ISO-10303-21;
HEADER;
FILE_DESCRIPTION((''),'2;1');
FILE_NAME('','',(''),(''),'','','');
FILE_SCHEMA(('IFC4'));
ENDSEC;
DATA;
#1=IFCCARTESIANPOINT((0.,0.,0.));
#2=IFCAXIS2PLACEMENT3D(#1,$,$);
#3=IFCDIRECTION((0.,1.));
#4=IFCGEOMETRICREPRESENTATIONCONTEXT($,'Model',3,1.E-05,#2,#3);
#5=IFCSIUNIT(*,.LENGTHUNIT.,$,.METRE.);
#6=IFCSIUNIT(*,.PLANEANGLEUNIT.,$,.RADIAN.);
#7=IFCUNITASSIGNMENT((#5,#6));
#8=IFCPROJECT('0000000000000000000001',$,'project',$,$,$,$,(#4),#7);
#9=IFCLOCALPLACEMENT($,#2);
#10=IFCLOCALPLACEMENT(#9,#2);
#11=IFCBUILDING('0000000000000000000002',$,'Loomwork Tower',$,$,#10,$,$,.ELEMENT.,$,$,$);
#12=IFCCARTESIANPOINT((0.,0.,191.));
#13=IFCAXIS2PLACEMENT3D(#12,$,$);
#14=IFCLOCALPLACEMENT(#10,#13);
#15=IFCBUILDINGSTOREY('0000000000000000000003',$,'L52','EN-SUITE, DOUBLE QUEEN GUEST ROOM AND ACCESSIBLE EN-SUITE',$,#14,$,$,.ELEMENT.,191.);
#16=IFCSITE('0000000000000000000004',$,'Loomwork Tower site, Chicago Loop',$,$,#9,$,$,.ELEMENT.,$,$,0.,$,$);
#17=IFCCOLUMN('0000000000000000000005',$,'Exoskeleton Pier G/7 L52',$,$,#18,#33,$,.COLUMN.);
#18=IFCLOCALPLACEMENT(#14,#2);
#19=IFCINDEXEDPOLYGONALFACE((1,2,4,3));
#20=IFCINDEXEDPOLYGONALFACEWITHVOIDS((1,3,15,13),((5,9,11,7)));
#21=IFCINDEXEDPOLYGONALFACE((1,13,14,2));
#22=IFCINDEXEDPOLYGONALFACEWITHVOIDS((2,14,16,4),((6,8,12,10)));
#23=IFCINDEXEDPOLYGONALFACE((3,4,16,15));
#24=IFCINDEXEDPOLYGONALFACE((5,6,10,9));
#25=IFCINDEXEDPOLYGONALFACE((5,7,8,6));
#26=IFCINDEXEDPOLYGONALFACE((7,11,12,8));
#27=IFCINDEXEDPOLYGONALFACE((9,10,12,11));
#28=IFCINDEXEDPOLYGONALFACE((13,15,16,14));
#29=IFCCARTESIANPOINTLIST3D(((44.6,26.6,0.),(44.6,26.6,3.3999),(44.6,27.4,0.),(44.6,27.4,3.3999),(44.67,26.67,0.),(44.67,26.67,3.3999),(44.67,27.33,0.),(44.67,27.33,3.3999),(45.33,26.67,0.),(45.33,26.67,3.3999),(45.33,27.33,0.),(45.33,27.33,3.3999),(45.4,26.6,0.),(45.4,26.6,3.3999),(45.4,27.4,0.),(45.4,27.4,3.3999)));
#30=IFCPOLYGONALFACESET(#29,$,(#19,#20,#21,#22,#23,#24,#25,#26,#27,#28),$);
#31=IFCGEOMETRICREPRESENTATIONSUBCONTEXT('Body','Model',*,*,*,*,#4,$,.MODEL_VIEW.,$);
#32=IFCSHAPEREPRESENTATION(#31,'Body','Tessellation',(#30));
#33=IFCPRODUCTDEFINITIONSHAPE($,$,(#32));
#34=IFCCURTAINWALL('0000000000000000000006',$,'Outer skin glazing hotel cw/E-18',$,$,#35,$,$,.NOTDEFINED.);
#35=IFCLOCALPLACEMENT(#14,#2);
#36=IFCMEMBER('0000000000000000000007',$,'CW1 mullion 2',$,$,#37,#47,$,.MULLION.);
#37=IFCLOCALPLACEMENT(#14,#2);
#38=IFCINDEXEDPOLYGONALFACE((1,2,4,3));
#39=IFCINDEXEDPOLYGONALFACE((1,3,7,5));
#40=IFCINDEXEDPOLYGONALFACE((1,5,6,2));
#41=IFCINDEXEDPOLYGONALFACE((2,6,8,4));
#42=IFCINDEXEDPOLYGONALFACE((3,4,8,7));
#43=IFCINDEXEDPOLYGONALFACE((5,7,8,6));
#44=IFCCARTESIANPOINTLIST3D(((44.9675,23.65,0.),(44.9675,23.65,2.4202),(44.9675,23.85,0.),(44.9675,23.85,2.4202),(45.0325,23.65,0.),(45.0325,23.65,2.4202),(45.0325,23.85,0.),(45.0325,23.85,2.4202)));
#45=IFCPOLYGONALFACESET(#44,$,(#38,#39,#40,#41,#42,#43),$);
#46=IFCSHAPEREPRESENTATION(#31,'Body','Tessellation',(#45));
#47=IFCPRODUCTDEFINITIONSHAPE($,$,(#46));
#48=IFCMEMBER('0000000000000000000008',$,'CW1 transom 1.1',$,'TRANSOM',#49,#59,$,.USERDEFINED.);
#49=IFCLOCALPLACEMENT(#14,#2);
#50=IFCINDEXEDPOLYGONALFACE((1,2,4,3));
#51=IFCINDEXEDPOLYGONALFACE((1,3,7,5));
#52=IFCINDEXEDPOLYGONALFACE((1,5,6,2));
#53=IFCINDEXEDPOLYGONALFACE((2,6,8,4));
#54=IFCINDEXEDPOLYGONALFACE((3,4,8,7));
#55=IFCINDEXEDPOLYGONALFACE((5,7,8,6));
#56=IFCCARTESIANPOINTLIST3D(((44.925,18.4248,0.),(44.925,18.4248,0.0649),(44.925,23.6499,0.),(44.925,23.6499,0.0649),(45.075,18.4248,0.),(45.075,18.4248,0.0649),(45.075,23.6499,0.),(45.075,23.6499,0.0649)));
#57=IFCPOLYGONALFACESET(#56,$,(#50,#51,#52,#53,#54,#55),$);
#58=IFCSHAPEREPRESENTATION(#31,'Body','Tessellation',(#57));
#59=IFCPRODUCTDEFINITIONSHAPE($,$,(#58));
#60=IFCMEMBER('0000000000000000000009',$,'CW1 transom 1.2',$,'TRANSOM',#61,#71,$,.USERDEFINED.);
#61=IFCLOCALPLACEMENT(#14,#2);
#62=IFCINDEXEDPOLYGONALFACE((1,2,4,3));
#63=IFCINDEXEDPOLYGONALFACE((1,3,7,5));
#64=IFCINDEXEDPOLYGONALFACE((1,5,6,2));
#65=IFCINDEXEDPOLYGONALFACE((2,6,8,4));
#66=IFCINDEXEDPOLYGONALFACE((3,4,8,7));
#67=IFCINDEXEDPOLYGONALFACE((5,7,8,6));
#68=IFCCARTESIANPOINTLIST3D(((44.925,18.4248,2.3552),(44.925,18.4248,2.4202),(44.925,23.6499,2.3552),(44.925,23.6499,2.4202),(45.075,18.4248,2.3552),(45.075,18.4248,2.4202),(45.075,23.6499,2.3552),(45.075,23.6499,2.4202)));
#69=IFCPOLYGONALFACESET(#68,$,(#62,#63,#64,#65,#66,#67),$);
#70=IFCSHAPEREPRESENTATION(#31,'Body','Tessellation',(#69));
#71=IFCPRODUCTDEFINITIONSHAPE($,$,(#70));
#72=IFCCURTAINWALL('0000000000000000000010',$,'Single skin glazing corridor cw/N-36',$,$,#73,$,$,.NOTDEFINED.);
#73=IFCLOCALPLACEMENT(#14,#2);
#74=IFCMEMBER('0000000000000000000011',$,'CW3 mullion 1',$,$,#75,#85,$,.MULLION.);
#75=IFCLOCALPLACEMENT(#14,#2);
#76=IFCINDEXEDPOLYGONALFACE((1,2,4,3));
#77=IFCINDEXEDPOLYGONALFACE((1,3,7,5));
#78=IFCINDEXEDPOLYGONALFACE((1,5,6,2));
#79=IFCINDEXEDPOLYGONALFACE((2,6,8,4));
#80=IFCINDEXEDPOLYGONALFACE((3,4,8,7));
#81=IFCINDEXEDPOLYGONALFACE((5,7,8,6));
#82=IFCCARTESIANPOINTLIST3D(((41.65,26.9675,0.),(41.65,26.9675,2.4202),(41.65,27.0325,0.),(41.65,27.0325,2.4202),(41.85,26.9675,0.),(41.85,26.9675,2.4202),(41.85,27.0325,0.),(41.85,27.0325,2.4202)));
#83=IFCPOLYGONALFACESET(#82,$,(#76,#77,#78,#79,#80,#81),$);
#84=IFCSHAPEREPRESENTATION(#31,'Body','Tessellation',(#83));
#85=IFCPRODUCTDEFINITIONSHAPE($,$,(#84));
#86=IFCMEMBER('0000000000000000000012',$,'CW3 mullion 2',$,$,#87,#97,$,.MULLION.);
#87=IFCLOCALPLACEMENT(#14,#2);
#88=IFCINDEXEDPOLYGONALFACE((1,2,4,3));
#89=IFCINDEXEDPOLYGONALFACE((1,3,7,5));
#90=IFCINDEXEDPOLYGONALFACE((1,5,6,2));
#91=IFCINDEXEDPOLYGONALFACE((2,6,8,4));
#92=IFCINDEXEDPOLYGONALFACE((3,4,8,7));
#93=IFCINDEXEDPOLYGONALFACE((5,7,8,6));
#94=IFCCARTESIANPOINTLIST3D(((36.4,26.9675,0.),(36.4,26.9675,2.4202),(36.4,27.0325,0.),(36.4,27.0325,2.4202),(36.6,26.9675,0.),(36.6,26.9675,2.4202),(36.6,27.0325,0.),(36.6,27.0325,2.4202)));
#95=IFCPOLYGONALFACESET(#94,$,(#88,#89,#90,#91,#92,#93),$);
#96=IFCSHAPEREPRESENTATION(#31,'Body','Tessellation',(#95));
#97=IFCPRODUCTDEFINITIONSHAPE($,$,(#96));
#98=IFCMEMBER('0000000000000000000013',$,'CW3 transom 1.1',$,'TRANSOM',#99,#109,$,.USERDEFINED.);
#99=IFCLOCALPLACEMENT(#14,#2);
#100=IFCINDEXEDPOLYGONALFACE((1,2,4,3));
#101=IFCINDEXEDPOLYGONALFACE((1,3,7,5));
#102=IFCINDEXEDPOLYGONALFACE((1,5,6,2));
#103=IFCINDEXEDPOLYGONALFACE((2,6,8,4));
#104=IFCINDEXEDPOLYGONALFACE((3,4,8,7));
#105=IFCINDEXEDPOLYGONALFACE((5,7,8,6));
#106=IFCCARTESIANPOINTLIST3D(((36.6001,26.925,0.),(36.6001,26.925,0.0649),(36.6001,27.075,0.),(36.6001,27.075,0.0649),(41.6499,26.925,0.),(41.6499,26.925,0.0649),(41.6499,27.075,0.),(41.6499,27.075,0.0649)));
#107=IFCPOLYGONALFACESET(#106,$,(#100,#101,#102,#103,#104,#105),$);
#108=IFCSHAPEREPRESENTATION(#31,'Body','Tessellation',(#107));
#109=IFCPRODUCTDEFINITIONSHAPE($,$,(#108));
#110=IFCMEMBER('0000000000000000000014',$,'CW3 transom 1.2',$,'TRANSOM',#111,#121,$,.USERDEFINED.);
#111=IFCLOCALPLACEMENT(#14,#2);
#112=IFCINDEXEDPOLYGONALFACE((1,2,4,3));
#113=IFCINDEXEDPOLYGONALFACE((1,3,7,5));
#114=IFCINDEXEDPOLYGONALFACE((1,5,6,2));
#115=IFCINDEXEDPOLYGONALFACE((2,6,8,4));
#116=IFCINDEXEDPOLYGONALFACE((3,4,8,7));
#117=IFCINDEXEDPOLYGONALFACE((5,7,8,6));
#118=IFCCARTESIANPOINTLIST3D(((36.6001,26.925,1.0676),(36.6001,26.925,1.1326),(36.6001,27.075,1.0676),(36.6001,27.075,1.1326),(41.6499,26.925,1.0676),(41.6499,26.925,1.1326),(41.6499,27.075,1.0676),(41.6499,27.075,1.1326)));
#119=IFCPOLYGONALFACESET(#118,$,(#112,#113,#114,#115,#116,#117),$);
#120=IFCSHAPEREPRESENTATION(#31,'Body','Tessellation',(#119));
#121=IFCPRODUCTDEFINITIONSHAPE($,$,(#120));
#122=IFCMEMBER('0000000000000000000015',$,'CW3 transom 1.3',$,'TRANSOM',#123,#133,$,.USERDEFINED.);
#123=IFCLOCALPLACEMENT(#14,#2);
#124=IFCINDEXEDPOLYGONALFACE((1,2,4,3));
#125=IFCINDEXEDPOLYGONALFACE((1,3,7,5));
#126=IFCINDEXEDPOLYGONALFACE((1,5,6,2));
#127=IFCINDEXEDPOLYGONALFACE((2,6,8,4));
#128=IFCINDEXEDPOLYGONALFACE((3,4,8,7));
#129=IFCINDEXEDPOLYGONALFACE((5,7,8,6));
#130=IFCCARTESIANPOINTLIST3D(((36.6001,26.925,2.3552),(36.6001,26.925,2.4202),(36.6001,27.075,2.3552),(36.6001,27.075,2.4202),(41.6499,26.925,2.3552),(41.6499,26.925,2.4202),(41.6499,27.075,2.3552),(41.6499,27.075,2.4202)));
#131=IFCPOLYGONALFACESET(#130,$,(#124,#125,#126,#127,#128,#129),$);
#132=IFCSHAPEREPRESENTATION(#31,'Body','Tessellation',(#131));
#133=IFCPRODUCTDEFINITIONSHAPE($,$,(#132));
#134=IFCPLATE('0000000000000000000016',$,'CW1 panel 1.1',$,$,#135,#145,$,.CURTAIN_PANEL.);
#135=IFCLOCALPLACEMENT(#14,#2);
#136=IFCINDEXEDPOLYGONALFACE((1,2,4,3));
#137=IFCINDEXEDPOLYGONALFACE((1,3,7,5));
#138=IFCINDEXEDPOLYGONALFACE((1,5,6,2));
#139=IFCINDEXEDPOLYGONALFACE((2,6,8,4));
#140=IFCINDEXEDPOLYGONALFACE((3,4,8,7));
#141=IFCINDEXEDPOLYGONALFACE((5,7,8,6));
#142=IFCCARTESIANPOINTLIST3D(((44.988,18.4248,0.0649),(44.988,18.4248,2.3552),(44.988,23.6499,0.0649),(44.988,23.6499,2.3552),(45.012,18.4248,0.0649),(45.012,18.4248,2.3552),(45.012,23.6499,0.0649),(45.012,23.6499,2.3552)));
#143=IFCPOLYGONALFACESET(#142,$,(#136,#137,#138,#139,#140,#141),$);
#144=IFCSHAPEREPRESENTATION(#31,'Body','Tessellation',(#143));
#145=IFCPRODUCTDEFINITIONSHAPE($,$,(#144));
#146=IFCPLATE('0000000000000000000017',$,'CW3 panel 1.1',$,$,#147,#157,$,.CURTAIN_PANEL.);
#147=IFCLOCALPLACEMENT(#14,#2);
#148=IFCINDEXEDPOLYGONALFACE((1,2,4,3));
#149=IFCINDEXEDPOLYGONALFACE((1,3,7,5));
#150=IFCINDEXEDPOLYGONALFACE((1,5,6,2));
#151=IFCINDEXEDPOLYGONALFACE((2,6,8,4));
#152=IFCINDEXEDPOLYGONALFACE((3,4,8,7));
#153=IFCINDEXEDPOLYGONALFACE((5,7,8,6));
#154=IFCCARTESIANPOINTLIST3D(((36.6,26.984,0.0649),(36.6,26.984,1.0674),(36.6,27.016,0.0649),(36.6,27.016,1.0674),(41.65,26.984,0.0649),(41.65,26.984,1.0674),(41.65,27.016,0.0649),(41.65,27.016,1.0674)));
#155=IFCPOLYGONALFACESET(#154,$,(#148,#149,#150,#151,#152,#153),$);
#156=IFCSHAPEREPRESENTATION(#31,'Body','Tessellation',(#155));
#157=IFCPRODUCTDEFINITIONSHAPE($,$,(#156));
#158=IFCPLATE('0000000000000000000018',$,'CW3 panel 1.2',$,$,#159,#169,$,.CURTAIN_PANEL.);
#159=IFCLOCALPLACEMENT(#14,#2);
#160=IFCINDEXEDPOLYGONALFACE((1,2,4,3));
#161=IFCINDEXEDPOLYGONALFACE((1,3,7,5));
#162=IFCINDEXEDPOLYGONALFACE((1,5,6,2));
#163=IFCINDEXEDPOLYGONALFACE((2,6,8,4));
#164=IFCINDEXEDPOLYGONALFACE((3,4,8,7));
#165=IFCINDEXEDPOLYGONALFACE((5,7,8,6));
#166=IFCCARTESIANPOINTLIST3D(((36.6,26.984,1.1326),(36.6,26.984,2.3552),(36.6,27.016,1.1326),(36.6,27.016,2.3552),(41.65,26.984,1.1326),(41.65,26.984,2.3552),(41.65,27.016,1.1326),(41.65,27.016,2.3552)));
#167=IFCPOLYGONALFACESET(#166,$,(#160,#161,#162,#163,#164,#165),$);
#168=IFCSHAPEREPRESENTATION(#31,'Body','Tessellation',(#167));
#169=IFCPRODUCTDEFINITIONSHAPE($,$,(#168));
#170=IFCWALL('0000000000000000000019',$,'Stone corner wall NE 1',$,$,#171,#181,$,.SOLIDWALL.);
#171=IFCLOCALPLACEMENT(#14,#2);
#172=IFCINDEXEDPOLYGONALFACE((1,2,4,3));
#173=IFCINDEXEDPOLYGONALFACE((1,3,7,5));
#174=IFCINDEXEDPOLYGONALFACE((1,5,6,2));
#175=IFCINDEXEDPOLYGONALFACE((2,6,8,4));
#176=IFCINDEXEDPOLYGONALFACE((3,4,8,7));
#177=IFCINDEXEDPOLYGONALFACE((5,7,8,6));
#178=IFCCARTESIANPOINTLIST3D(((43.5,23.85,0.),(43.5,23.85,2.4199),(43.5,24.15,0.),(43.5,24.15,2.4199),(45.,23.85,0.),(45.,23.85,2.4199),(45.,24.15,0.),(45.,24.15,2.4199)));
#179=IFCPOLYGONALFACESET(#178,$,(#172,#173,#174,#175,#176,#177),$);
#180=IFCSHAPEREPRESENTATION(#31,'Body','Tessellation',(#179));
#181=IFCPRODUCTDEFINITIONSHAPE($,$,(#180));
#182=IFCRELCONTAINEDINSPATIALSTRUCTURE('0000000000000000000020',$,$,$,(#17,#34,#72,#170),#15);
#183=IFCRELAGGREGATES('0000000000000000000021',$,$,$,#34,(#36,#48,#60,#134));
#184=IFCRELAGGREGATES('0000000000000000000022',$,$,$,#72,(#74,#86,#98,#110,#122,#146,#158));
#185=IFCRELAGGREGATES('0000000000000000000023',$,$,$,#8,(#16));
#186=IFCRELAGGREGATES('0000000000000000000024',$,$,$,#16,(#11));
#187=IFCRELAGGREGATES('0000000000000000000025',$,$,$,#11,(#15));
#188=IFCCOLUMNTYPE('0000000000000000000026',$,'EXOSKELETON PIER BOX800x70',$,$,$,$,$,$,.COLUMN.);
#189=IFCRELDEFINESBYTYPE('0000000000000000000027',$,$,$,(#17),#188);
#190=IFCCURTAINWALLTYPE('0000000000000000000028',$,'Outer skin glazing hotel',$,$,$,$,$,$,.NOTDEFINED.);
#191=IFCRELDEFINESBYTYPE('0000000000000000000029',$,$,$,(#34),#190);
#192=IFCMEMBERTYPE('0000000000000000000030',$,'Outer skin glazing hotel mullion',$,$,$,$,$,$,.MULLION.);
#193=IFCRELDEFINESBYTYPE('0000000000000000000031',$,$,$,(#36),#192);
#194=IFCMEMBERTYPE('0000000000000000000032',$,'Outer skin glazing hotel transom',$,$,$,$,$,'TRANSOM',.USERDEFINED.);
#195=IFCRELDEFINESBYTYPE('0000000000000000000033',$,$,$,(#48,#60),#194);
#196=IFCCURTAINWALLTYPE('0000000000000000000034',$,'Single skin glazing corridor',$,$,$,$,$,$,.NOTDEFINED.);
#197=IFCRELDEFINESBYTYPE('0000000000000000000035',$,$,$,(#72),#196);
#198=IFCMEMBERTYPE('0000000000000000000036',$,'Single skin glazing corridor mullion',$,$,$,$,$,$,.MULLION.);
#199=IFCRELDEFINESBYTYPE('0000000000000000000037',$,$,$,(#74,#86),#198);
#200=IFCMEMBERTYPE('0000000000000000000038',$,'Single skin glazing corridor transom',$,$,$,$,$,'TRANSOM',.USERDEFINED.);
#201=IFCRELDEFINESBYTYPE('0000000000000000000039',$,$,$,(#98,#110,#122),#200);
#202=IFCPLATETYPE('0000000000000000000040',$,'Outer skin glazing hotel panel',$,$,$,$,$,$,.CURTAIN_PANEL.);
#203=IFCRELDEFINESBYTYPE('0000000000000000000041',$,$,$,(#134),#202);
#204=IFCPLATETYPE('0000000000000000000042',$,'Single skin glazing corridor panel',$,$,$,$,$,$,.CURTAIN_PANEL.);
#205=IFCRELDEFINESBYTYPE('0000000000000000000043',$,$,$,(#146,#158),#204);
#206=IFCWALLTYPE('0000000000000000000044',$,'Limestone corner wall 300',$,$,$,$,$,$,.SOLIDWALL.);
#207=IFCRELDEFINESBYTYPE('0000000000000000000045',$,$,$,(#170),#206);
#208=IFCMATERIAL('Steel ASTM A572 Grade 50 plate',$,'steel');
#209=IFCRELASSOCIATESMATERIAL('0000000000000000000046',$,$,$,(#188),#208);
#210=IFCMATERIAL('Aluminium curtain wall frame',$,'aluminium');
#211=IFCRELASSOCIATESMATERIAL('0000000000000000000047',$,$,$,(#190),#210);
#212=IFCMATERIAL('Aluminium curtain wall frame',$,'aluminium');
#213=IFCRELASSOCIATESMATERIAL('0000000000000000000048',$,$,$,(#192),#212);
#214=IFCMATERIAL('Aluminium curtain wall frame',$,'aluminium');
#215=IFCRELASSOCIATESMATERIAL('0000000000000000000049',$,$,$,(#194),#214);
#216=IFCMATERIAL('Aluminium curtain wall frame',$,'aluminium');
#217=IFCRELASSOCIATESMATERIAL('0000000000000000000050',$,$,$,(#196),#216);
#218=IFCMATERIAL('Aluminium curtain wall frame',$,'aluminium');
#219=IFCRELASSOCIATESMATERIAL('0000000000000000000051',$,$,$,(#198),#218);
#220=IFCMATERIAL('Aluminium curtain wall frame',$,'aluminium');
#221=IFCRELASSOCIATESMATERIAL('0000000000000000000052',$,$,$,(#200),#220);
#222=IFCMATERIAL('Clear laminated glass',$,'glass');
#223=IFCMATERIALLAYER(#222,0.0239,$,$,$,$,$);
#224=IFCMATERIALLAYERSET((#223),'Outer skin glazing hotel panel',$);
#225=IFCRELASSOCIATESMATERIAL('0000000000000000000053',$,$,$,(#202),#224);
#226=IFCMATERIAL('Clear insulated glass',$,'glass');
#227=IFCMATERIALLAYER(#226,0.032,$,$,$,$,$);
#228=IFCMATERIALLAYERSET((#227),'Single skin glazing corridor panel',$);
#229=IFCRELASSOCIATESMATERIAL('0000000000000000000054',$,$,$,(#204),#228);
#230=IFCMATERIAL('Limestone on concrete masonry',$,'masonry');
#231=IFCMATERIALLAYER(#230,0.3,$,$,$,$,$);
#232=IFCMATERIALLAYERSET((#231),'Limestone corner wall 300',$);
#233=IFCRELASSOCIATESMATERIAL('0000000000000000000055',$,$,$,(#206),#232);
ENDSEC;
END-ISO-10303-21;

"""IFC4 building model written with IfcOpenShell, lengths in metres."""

from ifc_helpers import new_model, si_unit, direction, frame, frame_2d, origin, origin_2d, place, context, subcontext, project, spatial, rectangle, hollow_rectangle, extrude, material, layer, layer_set, material_profile, profile_set, type_object, element, aggregate, save


model = new_model("IFC4")

# Units and contexts
model_context = context("Model", 3, precision=1e-05, world=origin(), true_north=direction((0.0, 1.0)))
body_context = subcontext(model_context, "Body", "Model", "MODEL_VIEW")
ifc_project = project(units=[si_unit("LENGTHUNIT", "METRE"), si_unit("PLANEANGLEUNIT", "RADIAN")], contexts=[model_context])

# Site, building, storey
site_placement = place(None, origin())
site = spatial("IfcSite", under=ifc_project, at=site_placement, Name="Loomwork Tower site, Chicago Loop", CompositionType="ELEMENT", RefElevation=0.0)
building_placement = place(site_placement, origin())
building = spatial("IfcBuilding", under=site, at=building_placement, Name="Loomwork Tower", CompositionType="ELEMENT")
storey_placement = place(building_placement, frame((0.0, 0.0, 191.0)))
storey = spatial("IfcBuildingStorey", under=building, at=storey_placement, Name="L52", Description="EN-SUITE, DOUBLE QUEEN GUEST ROOM AND ACCESSIBLE EN-SUITE", CompositionType="ELEMENT", Elevation=191.0)

# Column
ifc_material_1 = material(Name="Steel ASTM A572 Grade 50 plate", Category="steel")
ifc_material_profile_1 = material_profile(ifc_material_1, hollow_rectangle(XDim=0.8, YDim=0.8, WallThickness=0.0701, at=origin_2d()), Name="BOX800x70")
ifc_profile_set_1 = profile_set([ifc_material_profile_1], Name="Steel ASTM A572 Grade 50 plate")
column_type = type_object("IfcColumnType", Name="EXOSKELETON PIER BOX800x70", PredefinedType="COLUMN", material=ifc_profile_set_1)
column_placement = place(storey_placement, frame((45.0, 27.0, 0.0), z_axis=(0.0, 0.0, 1.0), x_axis=(0.0, 1.0, 0.0)))
element("IfcColumn", 1, at=column_placement, inside=storey, type_object=column_type, Name="Exoskeleton Pier G/7 L52", PredefinedType="COLUMN", context=body_context, shape_type="SweptSolid", body=[
    extrude(hollow_rectangle(XDim=0.8, YDim=0.8, WallThickness=0.0701, at=origin_2d()), origin(), (0.0, 0.0, 1.0), 3.3999),
])

# Curtain walls, members
ifc_material_2 = material(Name="Aluminium curtain wall frame", Category="aluminium")
curtain_wall_type_1 = type_object("IfcCurtainWallType", Name="Outer skin glazing hotel", PredefinedType="NOTDEFINED", material=ifc_material_2)
curtain_wall_1_placement = place(storey_placement, origin())
curtain_wall_1 = element("IfcCurtainWall", 2, at=curtain_wall_1_placement, inside=storey, type_object=curtain_wall_type_1, Name="Outer skin glazing hotel cw/E-18", PredefinedType="NOTDEFINED")
ifc_material_3 = material(Name="Aluminium curtain wall frame", Category="aluminium")
ifc_material_profile_2 = material_profile(ifc_material_3, rectangle(XDim=0.0649, YDim=0.2, at=origin_2d()), Name="AL 65x200")
ifc_profile_set_2 = profile_set([ifc_material_profile_2], Name="Aluminium curtain wall frame")
member_type_1 = type_object("IfcMemberType", Name="Outer skin glazing hotel mullion", PredefinedType="MULLION", material=ifc_profile_set_2)
member_1_placement = place(storey_placement, frame((45.0, 23.75, 0.0), z_axis=(0.0, 0.0, 1.0), x_axis=(-1.0, 0.0, 0.0)))
member_1 = element("IfcMember", 3, at=member_1_placement, type_object=member_type_1, Name="CW1 mullion 2", PredefinedType="MULLION", context=body_context, shape_type="SweptSolid", body=[
    extrude(rectangle(XDim=0.0649, YDim=0.2, at=origin_2d()), origin(), (0.0, 0.0, 1.0), 2.4202),
])
ifc_material_4 = material(Name="Aluminium curtain wall frame", Category="aluminium")
ifc_material_profile_3 = material_profile(ifc_material_4, rectangle(XDim=0.1499, YDim=0.0649, at=origin_2d()), Name="AL 65x150")
ifc_profile_set_3 = profile_set([ifc_material_profile_3], Name="Aluminium curtain wall frame")
member_type_2 = type_object("IfcMemberType", Name="Outer skin glazing hotel transom", ElementType="TRANSOM", PredefinedType="USERDEFINED", material=ifc_profile_set_3)
member_2_placement = place(storey_placement, frame((45.0, 18.4248, 0.0325), z_axis=(0.0, 1.0, 0.0), x_axis=(-1.0, 0.0, 0.0)))
member_2 = element("IfcMember", 4, at=member_2_placement, type_object=member_type_2, Name="CW1 transom 1.1", ObjectType="TRANSOM", PredefinedType="USERDEFINED", context=body_context, shape_type="SweptSolid", body=[
    extrude(rectangle(XDim=0.1499, YDim=0.0649, at=origin_2d()), origin(), (0.0, 0.0, 1.0), 5.2251),
])
member_3_placement = place(storey_placement, frame((45.0, 18.4248, 2.3877), z_axis=(0.0, 1.0, 0.0), x_axis=(-1.0, 0.0, 0.0)))
member_3 = element("IfcMember", 5, at=member_3_placement, type_object=member_type_2, Name="CW1 transom 1.2", ObjectType="TRANSOM", PredefinedType="USERDEFINED", context=body_context, shape_type="SweptSolid", body=[
    extrude(rectangle(XDim=0.1499, YDim=0.0649, at=origin_2d()), origin(), (0.0, 0.0, 1.0), 5.2251),
])
ifc_material_5 = material(Name="Aluminium curtain wall frame", Category="aluminium")
curtain_wall_type_2 = type_object("IfcCurtainWallType", Name="Single skin glazing corridor", PredefinedType="NOTDEFINED", material=ifc_material_5)
curtain_wall_2_placement = place(storey_placement, origin())
curtain_wall_2 = element("IfcCurtainWall", 6, at=curtain_wall_2_placement, inside=storey, type_object=curtain_wall_type_2, Name="Single skin glazing corridor cw/N-36", PredefinedType="NOTDEFINED")
ifc_material_6 = material(Name="Aluminium curtain wall frame", Category="aluminium")
ifc_material_profile_4 = material_profile(ifc_material_6, rectangle(XDim=0.0649, YDim=0.2, at=origin_2d()), Name="AL 65x200")
ifc_profile_set_4 = profile_set([ifc_material_profile_4], Name="Aluminium curtain wall frame")
member_type_3 = type_object("IfcMemberType", Name="Single skin glazing corridor mullion", PredefinedType="MULLION", material=ifc_profile_set_4)
member_4_placement = place(storey_placement, frame((41.75, 27.0, 0.0), z_axis=(0.0, 0.0, 1.0), x_axis=(0.0, -1.0, 0.0)))
member_4 = element("IfcMember", 7, at=member_4_placement, type_object=member_type_3, Name="CW3 mullion 1", PredefinedType="MULLION", context=body_context, shape_type="SweptSolid", body=[
    extrude(rectangle(XDim=0.0649, YDim=0.2, at=origin_2d()), origin(), (0.0, 0.0, 1.0), 2.4202),
])
member_5_placement = place(storey_placement, frame((36.5, 27.0, 0.0), z_axis=(0.0, 0.0, 1.0), x_axis=(0.0, -1.0, 0.0)))
member_5 = element("IfcMember", 8, at=member_5_placement, type_object=member_type_3, Name="CW3 mullion 2", PredefinedType="MULLION", context=body_context, shape_type="SweptSolid", body=[
    extrude(rectangle(XDim=0.0649, YDim=0.2, at=origin_2d()), origin(), (0.0, 0.0, 1.0), 2.4202),
])
ifc_material_7 = material(Name="Aluminium curtain wall frame", Category="aluminium")
ifc_material_profile_5 = material_profile(ifc_material_7, rectangle(XDim=0.1499, YDim=0.0649, at=origin_2d()), Name="AL 65x150")
ifc_profile_set_5 = profile_set([ifc_material_profile_5], Name="Aluminium curtain wall frame")
member_type_4 = type_object("IfcMemberType", Name="Single skin glazing corridor transom", ElementType="TRANSOM", PredefinedType="USERDEFINED", material=ifc_profile_set_5)
member_6_placement = place(storey_placement, frame((41.6499, 27.0, 0.0325), z_axis=(-1.0, 0.0, 0.0), x_axis=(0.0, -1.0, 0.0)))
member_6 = element("IfcMember", 9, at=member_6_placement, type_object=member_type_4, Name="CW3 transom 1.1", ObjectType="TRANSOM", PredefinedType="USERDEFINED", context=body_context, shape_type="SweptSolid", body=[
    extrude(rectangle(XDim=0.1499, YDim=0.0649, at=origin_2d()), origin(), (0.0, 0.0, 1.0), 5.0498),
])
member_7_placement = place(storey_placement, frame((41.6499, 27.0, 1.1001), z_axis=(-1.0, 0.0, 0.0), x_axis=(0.0, -1.0, 0.0)))
member_7 = element("IfcMember", 10, at=member_7_placement, type_object=member_type_4, Name="CW3 transom 1.2", ObjectType="TRANSOM", PredefinedType="USERDEFINED", context=body_context, shape_type="SweptSolid", body=[
    extrude(rectangle(XDim=0.1499, YDim=0.0649, at=origin_2d()), origin(), (0.0, 0.0, 1.0), 5.0498),
])
member_8_placement = place(storey_placement, frame((41.6499, 27.0, 2.3877), z_axis=(-1.0, 0.0, 0.0), x_axis=(0.0, -1.0, 0.0)))
member_8 = element("IfcMember", 11, at=member_8_placement, type_object=member_type_4, Name="CW3 transom 1.3", ObjectType="TRANSOM", PredefinedType="USERDEFINED", context=body_context, shape_type="SweptSolid", body=[
    extrude(rectangle(XDim=0.1499, YDim=0.0649, at=origin_2d()), origin(), (0.0, 0.0, 1.0), 5.0498),
])

# Plates
ifc_material_8 = material(Name="Clear laminated glass", Category="glass")
ifc_layer_1 = layer(ifc_material_8, 0.0239)
ifc_layer_set_1 = layer_set([ifc_layer_1], Name="Outer skin glazing hotel panel")
plate_type_1 = type_object("IfcPlateType", Name="Outer skin glazing hotel panel", PredefinedType="CURTAIN_PANEL", material=ifc_layer_set_1)
plate_1_placement = place(storey_placement, frame((45.0, 21.0374, 0.0649), z_axis=(0.0, 0.0, 1.0), x_axis=(0.0, 1.0, 0.0)))
plate_1 = element("IfcPlate", 12, at=plate_1_placement, type_object=plate_type_1, Name="CW1 panel 1.1", PredefinedType="CURTAIN_PANEL", context=body_context, shape_type="SweptSolid", body=[
    extrude(rectangle(XDim=5.2251, YDim=0.0239, at=origin_2d()), origin(), (0.0, 0.0, 1.0), 2.2903),
])
aggregate(curtain_wall_1, [member_1, member_2, member_3, plate_1])
ifc_material_9 = material(Name="Clear insulated glass", Category="glass")
ifc_layer_2 = layer(ifc_material_9, 0.032)
ifc_layer_set_2 = layer_set([ifc_layer_2], Name="Single skin glazing corridor panel")
plate_type_2 = type_object("IfcPlateType", Name="Single skin glazing corridor panel", PredefinedType="CURTAIN_PANEL", material=ifc_layer_set_2)
plate_2_placement = place(storey_placement, frame((39.125, 27.0, 0.0649), z_axis=(0.0, 0.0, 1.0), x_axis=(-1.0, 0.0, 0.0)))
plate_2 = element("IfcPlate", 13, at=plate_2_placement, type_object=plate_type_2, Name="CW3 panel 1.1", PredefinedType="CURTAIN_PANEL", context=body_context, shape_type="SweptSolid", body=[
    extrude(rectangle(XDim=5.05, YDim=0.032, at=origin_2d()), origin(), (0.0, 0.0, 1.0), 1.0024),
])
plate_3_placement = place(storey_placement, frame((39.125, 27.0, 1.1326), z_axis=(0.0, 0.0, 1.0), x_axis=(-1.0, 0.0, 0.0)))
plate_3 = element("IfcPlate", 14, at=plate_3_placement, type_object=plate_type_2, Name="CW3 panel 1.2", PredefinedType="CURTAIN_PANEL", context=body_context, shape_type="SweptSolid", body=[
    extrude(rectangle(XDim=5.05, YDim=0.032, at=origin_2d()), origin(), (0.0, 0.0, 1.0), 1.2227),
])
aggregate(curtain_wall_2, [member_4, member_5, member_6, member_7, member_8, plate_2, plate_3])

# Wall
ifc_material_10 = material(Name="Limestone on concrete masonry", Category="masonry")
ifc_layer_3 = layer(ifc_material_10, 0.3)
ifc_layer_set_3 = layer_set([ifc_layer_3], Name="Limestone corner wall 300")
wall_type = type_object("IfcWallType", Name="Limestone corner wall 300", PredefinedType="SOLIDWALL", material=ifc_layer_set_3)
wall_1_placement = place(storey_placement, frame((45.0, 24.0, 0.0), z_axis=(0.0, 0.0, 1.0), x_axis=(-1.0, 0.0, 0.0)))
element("IfcWall", 15, at=wall_1_placement, inside=storey, type_object=wall_type, Name="Stone corner wall NE 1", PredefinedType="SOLIDWALL", context=body_context, shape_type="SweptSolid", body=[
    extrude(rectangle(XDim=1.5, YDim=0.3, at=frame_2d((0.75, 0.0))), origin(), (0.0, 0.0, 1.0), 2.4199),
])

save(model, "model.ifc")
